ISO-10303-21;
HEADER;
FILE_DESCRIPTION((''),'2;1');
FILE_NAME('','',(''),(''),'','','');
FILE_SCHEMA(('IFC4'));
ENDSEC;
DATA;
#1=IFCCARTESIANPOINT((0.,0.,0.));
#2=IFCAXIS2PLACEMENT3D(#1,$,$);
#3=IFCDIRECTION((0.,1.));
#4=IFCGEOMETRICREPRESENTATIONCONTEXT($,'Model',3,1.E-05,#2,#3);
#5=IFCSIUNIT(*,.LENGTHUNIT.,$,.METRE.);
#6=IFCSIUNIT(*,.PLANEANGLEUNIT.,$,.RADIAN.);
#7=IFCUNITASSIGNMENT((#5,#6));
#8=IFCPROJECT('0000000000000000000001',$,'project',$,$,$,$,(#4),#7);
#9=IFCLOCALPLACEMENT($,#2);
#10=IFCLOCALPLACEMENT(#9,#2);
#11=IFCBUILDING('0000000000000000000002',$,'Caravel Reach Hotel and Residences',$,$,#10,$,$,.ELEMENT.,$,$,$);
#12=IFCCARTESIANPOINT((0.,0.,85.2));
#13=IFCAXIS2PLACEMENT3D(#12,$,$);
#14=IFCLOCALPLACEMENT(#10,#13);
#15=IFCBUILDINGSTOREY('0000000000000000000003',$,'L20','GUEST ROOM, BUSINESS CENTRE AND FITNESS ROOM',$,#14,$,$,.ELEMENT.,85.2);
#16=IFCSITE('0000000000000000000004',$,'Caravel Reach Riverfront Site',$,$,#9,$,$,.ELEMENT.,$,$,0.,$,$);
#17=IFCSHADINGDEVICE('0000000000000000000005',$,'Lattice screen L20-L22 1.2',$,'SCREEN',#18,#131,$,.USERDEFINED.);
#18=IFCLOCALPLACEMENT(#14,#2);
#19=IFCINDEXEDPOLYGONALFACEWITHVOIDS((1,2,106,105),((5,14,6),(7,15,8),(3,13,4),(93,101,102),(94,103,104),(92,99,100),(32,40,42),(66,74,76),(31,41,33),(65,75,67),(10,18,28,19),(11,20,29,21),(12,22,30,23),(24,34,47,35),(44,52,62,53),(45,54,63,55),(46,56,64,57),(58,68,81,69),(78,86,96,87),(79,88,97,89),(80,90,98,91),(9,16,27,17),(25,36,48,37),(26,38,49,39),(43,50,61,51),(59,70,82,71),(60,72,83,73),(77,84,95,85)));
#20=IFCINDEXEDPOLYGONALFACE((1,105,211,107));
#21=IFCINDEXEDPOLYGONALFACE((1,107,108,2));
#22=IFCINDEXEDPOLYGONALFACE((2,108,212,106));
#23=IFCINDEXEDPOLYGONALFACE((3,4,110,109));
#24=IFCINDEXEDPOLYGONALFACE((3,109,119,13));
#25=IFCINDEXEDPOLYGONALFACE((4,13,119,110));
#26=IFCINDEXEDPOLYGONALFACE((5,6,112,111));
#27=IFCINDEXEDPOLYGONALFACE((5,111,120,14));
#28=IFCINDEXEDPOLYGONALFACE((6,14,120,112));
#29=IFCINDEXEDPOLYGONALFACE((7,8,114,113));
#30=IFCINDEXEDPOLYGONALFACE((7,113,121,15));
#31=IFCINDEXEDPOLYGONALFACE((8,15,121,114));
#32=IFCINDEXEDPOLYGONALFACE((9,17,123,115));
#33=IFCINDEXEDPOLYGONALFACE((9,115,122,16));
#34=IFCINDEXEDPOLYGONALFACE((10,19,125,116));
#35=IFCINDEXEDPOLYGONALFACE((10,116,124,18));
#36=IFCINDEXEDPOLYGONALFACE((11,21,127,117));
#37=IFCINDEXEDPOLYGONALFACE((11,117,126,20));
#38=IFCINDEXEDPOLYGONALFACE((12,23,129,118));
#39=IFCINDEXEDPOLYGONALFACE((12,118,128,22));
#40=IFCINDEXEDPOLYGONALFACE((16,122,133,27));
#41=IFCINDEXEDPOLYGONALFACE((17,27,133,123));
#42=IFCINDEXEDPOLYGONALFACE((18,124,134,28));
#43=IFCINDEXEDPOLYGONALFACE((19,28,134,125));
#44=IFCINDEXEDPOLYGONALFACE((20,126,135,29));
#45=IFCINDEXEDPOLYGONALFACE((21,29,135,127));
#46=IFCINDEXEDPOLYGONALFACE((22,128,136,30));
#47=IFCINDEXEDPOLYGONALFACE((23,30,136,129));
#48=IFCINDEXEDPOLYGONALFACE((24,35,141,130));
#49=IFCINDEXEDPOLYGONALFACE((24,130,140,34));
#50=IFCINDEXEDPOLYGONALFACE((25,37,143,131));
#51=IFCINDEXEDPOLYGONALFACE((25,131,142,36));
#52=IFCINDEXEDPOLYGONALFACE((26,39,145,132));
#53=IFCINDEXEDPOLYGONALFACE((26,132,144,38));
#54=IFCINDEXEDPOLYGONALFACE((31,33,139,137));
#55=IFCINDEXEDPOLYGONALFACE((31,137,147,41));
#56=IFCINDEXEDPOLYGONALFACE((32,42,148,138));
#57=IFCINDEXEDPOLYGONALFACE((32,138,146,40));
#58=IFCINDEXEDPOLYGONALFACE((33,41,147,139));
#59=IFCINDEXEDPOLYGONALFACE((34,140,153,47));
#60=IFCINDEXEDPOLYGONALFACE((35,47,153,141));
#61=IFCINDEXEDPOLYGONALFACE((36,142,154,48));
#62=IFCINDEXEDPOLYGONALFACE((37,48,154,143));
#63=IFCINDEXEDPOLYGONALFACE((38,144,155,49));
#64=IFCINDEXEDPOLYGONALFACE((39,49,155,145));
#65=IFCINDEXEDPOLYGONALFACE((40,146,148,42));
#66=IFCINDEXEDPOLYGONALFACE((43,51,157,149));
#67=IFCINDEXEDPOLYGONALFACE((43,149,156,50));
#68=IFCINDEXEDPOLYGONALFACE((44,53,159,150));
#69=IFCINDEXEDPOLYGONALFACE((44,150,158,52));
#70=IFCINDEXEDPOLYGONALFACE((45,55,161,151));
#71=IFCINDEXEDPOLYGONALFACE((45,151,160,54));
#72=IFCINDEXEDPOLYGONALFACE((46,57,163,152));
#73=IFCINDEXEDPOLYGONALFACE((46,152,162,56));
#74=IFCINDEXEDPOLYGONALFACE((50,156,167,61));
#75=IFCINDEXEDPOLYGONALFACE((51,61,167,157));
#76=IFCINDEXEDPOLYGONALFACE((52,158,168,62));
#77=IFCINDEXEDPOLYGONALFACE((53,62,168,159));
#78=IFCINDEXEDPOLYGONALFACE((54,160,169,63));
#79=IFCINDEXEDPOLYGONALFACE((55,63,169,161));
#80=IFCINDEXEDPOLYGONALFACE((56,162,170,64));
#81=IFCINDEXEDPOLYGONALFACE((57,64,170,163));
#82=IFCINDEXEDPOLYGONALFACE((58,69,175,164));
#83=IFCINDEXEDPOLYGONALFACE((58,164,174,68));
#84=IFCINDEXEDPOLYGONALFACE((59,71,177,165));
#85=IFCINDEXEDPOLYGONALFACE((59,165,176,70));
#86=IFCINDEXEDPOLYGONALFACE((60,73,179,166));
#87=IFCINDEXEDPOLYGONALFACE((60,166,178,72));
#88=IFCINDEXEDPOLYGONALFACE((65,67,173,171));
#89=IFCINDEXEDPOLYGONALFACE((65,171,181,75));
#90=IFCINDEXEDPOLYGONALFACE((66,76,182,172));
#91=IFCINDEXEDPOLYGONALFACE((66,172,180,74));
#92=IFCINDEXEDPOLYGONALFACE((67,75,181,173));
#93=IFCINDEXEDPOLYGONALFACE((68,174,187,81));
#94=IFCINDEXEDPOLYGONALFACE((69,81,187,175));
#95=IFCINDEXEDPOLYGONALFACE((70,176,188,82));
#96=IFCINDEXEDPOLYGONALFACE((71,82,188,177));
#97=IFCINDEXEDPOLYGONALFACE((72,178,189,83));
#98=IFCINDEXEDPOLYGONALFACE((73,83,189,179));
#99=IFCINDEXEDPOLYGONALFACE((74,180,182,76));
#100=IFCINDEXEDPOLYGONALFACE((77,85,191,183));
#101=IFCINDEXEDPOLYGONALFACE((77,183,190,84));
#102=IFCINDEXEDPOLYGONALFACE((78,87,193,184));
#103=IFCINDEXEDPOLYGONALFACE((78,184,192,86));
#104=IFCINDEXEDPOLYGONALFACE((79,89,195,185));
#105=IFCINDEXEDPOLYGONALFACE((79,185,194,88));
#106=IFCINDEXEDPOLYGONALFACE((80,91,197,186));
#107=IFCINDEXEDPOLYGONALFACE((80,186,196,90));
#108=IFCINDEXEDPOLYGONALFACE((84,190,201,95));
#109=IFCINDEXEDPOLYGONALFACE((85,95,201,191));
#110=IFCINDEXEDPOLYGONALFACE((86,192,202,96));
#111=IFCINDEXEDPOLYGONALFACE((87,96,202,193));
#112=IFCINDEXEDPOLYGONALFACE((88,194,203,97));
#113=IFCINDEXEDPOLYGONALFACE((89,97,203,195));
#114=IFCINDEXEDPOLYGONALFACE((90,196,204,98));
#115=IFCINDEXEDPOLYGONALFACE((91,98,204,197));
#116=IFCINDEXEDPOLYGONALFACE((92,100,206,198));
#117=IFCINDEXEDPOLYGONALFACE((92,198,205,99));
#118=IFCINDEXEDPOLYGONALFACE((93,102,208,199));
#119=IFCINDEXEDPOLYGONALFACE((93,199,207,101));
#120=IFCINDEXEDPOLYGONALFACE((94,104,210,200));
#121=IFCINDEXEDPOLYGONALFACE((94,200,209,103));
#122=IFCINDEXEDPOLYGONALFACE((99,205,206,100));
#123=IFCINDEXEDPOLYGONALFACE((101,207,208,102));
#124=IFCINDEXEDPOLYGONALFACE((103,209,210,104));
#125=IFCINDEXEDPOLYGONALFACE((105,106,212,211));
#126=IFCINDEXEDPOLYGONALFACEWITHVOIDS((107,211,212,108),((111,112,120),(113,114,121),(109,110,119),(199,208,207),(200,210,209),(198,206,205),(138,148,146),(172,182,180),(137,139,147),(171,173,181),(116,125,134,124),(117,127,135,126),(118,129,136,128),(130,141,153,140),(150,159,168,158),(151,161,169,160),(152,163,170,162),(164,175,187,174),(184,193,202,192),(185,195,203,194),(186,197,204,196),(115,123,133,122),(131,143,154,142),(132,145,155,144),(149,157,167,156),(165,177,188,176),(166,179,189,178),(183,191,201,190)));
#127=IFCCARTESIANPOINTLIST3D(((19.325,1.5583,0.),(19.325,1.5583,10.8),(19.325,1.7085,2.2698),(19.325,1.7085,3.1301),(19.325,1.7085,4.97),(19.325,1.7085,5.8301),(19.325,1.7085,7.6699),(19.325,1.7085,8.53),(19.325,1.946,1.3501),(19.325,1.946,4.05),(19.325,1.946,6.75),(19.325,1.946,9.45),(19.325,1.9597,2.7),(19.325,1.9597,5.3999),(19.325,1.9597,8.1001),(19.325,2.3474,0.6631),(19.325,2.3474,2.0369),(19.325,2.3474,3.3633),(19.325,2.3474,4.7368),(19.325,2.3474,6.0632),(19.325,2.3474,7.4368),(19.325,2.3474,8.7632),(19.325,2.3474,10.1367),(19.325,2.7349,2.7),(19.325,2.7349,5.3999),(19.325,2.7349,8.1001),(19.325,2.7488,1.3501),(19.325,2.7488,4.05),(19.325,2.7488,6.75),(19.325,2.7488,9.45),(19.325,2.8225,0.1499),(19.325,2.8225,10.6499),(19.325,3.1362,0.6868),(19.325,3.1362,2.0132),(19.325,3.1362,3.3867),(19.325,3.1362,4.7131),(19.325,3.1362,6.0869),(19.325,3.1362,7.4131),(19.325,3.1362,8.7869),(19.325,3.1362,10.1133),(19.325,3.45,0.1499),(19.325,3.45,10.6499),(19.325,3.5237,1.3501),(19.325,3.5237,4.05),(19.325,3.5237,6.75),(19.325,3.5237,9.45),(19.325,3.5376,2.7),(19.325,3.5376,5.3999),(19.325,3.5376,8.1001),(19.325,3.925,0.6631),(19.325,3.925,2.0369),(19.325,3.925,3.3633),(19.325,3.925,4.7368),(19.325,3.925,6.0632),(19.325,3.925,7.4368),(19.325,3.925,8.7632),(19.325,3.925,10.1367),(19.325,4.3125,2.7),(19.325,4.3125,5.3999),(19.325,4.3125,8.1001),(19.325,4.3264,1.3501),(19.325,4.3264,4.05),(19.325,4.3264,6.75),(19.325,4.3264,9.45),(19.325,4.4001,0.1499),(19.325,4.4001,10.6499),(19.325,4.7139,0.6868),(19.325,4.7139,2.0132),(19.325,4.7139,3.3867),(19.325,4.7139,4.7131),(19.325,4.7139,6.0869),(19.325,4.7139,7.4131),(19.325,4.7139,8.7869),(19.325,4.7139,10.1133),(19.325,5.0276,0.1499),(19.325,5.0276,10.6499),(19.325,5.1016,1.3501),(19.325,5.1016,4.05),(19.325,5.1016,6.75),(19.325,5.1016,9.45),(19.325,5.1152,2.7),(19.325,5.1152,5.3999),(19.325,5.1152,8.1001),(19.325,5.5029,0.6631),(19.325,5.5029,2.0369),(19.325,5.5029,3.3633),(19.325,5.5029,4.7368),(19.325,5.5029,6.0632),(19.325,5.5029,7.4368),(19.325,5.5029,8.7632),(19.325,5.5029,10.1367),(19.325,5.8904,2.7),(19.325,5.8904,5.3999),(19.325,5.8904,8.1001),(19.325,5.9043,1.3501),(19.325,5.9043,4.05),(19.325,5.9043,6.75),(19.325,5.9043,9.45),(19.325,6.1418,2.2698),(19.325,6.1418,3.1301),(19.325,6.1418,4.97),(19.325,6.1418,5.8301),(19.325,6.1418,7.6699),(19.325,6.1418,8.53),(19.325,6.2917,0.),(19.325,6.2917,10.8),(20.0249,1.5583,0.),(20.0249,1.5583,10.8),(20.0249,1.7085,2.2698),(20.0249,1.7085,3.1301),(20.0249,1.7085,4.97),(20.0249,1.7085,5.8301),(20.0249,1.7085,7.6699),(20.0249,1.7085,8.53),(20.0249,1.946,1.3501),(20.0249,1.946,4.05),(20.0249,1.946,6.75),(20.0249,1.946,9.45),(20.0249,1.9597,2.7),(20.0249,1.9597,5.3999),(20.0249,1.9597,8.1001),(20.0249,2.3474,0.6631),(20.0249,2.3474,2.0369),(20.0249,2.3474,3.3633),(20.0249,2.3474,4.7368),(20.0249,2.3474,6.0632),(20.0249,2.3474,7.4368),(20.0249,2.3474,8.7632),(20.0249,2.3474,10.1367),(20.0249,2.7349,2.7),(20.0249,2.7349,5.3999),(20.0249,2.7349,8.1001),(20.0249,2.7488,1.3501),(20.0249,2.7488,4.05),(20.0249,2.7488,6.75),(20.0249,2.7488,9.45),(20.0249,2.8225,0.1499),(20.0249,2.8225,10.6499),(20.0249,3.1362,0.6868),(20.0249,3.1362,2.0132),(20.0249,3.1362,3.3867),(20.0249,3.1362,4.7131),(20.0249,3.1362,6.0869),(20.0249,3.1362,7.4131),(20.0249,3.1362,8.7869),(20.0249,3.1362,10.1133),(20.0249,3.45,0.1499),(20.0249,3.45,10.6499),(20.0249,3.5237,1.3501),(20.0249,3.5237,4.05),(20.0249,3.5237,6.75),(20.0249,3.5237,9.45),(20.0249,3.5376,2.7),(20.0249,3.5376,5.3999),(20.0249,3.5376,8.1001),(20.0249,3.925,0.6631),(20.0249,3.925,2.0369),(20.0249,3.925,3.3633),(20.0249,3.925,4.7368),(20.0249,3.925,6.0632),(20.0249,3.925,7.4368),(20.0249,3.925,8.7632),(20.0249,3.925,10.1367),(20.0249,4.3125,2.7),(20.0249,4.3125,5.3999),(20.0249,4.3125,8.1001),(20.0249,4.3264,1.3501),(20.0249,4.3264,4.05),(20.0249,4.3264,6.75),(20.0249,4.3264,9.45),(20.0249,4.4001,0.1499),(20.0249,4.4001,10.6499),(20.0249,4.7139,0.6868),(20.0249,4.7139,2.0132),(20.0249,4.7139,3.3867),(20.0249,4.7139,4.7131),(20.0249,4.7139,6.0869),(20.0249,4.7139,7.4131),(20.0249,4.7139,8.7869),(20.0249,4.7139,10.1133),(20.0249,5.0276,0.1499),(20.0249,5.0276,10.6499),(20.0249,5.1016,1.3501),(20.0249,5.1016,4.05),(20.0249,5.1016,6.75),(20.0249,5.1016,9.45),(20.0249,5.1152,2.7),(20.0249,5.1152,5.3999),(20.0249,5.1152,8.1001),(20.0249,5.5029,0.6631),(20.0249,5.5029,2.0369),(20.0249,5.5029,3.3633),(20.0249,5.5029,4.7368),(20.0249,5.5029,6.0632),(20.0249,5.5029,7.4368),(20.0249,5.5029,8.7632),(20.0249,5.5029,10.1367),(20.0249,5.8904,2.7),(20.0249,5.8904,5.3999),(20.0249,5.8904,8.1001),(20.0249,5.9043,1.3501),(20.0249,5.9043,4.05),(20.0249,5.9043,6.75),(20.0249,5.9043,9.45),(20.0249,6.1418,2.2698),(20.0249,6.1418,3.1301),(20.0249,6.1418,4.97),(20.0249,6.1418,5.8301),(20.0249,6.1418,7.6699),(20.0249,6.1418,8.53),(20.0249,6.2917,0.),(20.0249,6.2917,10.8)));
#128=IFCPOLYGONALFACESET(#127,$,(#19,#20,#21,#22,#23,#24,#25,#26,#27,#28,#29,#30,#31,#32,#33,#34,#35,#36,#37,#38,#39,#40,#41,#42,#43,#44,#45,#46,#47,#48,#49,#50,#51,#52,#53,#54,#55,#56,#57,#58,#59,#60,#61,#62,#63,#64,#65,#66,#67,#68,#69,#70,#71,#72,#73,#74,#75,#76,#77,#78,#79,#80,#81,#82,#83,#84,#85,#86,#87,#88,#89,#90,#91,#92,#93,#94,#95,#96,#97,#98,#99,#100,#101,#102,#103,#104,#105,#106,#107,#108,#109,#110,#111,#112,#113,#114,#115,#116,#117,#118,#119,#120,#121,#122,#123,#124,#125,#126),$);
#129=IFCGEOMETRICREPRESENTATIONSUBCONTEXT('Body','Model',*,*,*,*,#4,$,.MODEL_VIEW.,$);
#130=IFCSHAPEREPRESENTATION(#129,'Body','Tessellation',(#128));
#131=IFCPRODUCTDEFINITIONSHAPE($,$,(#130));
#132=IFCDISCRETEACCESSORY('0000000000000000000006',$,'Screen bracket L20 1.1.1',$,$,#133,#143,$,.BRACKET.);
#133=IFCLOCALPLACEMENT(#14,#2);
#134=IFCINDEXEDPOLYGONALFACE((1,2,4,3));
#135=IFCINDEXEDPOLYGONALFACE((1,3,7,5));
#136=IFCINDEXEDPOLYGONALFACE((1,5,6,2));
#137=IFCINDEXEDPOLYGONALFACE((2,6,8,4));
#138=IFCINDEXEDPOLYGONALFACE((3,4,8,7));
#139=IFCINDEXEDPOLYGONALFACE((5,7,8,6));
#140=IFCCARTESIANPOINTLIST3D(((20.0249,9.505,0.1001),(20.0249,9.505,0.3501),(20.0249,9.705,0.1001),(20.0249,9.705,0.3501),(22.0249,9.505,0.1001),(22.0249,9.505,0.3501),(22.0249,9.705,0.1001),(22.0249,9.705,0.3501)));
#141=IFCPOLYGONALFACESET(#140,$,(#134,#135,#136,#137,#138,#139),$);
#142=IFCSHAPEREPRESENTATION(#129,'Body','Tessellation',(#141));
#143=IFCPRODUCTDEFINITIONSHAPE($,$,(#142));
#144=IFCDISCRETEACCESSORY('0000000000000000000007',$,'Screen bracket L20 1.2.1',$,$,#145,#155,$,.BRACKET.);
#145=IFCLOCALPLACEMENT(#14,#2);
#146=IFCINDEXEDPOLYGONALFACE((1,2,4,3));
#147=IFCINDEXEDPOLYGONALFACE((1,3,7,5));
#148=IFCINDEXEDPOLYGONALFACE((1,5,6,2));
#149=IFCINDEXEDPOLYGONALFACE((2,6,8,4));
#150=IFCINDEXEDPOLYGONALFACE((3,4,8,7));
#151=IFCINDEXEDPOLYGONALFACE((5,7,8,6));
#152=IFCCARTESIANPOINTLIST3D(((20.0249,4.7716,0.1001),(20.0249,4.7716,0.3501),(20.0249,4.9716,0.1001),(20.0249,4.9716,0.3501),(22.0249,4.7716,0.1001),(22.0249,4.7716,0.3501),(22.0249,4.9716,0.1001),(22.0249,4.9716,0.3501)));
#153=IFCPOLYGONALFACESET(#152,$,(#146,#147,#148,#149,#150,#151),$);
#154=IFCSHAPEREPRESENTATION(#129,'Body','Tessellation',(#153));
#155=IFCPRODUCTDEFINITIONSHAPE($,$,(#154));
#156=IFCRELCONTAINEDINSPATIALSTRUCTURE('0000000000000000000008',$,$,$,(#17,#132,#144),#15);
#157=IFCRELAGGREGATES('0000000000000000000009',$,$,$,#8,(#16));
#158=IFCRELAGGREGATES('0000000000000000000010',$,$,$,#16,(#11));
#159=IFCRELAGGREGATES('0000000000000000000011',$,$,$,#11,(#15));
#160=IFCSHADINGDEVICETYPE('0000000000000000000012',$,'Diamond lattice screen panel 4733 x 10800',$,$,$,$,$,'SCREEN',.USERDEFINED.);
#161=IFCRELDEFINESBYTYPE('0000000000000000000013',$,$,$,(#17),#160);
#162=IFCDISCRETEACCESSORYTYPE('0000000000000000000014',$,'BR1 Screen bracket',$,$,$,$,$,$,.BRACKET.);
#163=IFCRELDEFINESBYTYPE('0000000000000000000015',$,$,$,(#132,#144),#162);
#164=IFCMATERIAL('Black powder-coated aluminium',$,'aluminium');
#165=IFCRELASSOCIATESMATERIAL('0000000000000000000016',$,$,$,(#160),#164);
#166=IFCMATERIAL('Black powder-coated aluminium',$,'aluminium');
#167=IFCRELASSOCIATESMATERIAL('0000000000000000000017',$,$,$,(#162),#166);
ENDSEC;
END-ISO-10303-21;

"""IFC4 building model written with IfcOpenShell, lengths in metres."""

from ifc_helpers import new_model, si_unit, direction, frame, origin, origin_2d, place, context, subcontext, project, spatial, polyline, rectangle, outline, extrude, material, type_object, element, save


model = new_model("IFC4")

# Units and contexts
model_context = context("Model", 3, precision=1e-05, world=origin(), true_north=direction((0.0, 1.0)))
body_context = subcontext(model_context, "Body", "Model", "MODEL_VIEW")
ifc_project = project(units=[si_unit("LENGTHUNIT", "METRE"), si_unit("PLANEANGLEUNIT", "RADIAN")], contexts=[model_context])

# Site, building, storey
site_placement = place(None, origin())
site = spatial("IfcSite", under=ifc_project, at=site_placement, Name="Caravel Reach Riverfront Site", CompositionType="ELEMENT", RefElevation=0.0)
building_placement = place(site_placement, origin())
building = spatial("IfcBuilding", under=site, at=building_placement, Name="Caravel Reach Hotel and Residences", CompositionType="ELEMENT")
storey_placement = place(building_placement, frame((0.0, 0.0, 85.2)))
storey = spatial("IfcBuildingStorey", under=building, at=storey_placement, Name="L20", Description="GUEST ROOM, BUSINESS CENTRE AND FITNESS ROOM", CompositionType="ELEMENT", Elevation=85.2)

# Shading device
ifc_material_1 = material(Name="Black powder-coated aluminium", Category="aluminium")
shading_device_type = type_object("IfcShadingDeviceType", Name="Diamond lattice screen panel 4733 x 10800", ElementType="SCREEN", PredefinedType="USERDEFINED", material=ifc_material_1)
shading_device_1_placement = place(storey_placement, frame((20.0249, 6.2917, 0.0), z_axis=(-1.0, 0.0, 0.0), x_axis=(0.0, -1.0, 0.0)))
element("IfcShadingDevice", 1, at=shading_device_1_placement, inside=storey, type_object=shading_device_type, Name="Lattice screen L20-L22 1.2", ObjectType="SCREEN", PredefinedType="USERDEFINED", context=body_context, shape_type="SweptSolid", body=[
    extrude(outline(polyline([(0.0, 0.0), (4.7334, 0.0), (4.7334, 10.8), (0.0, 10.8), (0.0, 0.0)]), holes=[polyline([(0.4014, 2.7), (0.1499, 3.1301), (0.1499, 2.2698), (0.4014, 2.7)]), polyline([(0.4014, 5.3999), (0.1499, 5.8301), (0.1499, 4.97), (0.4014, 5.3999)]), polyline([(0.4014, 8.1001), (0.1499, 8.53), (0.1499, 7.6699), (0.4014, 8.1001)]), polyline([(0.7888, 2.0369), (0.3875, 1.3501), (0.7888, 0.6631), (1.1902, 1.3501), (0.7888, 2.0369)]), polyline([(0.7888, 4.7368), (0.3875, 4.05), (0.7888, 3.3633), (1.1902, 4.05), (0.7888, 4.7368)]), polyline([(0.7888, 7.4368), (0.3875, 6.75), (0.7888, 6.0632), (1.1902, 6.75), (0.7888, 7.4368)]), polyline([(0.7888, 10.1367), (0.3875, 9.45), (0.7888, 8.7632), (1.1902, 9.45), (0.7888, 10.1367)]), polyline([(1.5779, 0.6868), (1.2642, 0.1499), (1.8916, 0.1499), (1.5779, 0.6868)]), polyline([(1.5779, 3.3867), (1.1765, 2.7), (1.5779, 2.0132), (1.9792, 2.7), (1.5779, 3.3867)]), polyline([(1.5779, 6.0869), (1.1765, 5.3999), (1.5779, 4.7131), (1.9792, 5.3999), (1.5779, 6.0869)]), polyline([(1.5779, 8.7869), (1.1765, 8.1001), (1.5779, 7.4131), (1.9792, 8.1001), (1.5779, 8.7869)]), polyline([(1.5779, 10.1133), (1.8916, 10.6499), (1.2642, 10.6499), (1.5779, 10.1133)]), polyline([(2.3667, 2.0369), (1.9653, 1.3501), (2.3667, 0.6631), (2.7681, 1.3501), (2.3667, 2.0369)]), polyline([(2.3667, 4.7368), (1.9653, 4.05), (2.3667, 3.3633), (2.7681, 4.05), (2.3667, 4.7368)]), polyline([(2.3667, 7.4368), (1.9653, 6.75), (2.3667, 6.0632), (2.7681, 6.75), (2.3667, 7.4368)]), polyline([(2.3667, 10.1367), (1.9653, 9.45), (2.3667, 8.7632), (2.7681, 9.45), (2.3667, 10.1367)]), polyline([(3.1555, 0.6868), (2.8418, 0.1499), (3.4692, 0.1499), (3.1555, 0.6868)]), polyline([(3.1555, 3.3867), (2.7542, 2.7), (3.1555, 2.0132), (3.5569, 2.7), (3.1555, 3.3867)]), polyline([(3.1555, 6.0869), (2.7542, 5.3999), (3.1555, 4.7131), (3.5569, 5.3999), (3.1555, 6.0869)]), polyline([(3.1555, 8.7869), (2.7542, 8.1001), (3.1555, 7.4131), (3.5569, 8.1001), (3.1555, 8.7869)]), polyline([(3.1555, 10.1133), (3.4692, 10.6499), (2.8418, 10.6499), (3.1555, 10.1133)]), polyline([(3.9443, 2.0369), (3.543, 1.3501), (3.9443, 0.6631), (4.3457, 1.3501), (3.9443, 2.0369)]), polyline([(3.9443, 4.7368), (3.543, 4.05), (3.9443, 3.3633), (4.3457, 4.05), (3.9443, 4.7368)]), polyline([(3.9443, 7.4368), (3.543, 6.75), (3.9443, 6.0632), (4.3457, 6.75), (3.9443, 7.4368)]), polyline([(3.9443, 10.1367), (3.543, 9.45), (3.9443, 8.7632), (4.3457, 9.45), (3.9443, 10.1367)]), polyline([(4.332, 2.7), (4.5833, 2.2698), (4.5833, 3.1301), (4.332, 2.7)]), polyline([(4.332, 5.3999), (4.5833, 4.97), (4.5833, 5.8301), (4.332, 5.3999)]), polyline([(4.332, 8.1001), (4.5833, 7.6699), (4.5833, 8.53), (4.332, 8.1001)])]), origin(), (0.0, 0.0, 1.0), 0.7),
])

# Discrete accessories
ifc_material_2 = material(Name="Black powder-coated aluminium", Category="aluminium")
discrete_accessory_type = type_object("IfcDiscreteAccessoryType", Name="BR1 Screen bracket", PredefinedType="BRACKET", material=ifc_material_2)
for number, where, z_axis, x_axis, name in (
    (2, (21.0249, 9.605, 0.1001), (0.0, 0.0, 1.0), (-1.0, 0.0, 0.0), "Screen bracket L20 1.1.1"),
    (3, (21.0249, 4.8716, 0.1001), (0.0, 0.0, 1.0), (-1.0, 0.0, 0.0), "Screen bracket L20 1.2.1"),
):
    element("IfcDiscreteAccessory", number, at=place(storey_placement, frame(where, z_axis=z_axis, x_axis=x_axis)), inside=storey, type_object=discrete_accessory_type, Name=name, PredefinedType="BRACKET", context=body_context, shape_type="SweptSolid", body=[
        extrude(rectangle(XDim=2.0, YDim=0.2, at=origin_2d()), origin(), (0.0, 0.0, 1.0), 0.25),
    ])

save(model, "model.ifc")
